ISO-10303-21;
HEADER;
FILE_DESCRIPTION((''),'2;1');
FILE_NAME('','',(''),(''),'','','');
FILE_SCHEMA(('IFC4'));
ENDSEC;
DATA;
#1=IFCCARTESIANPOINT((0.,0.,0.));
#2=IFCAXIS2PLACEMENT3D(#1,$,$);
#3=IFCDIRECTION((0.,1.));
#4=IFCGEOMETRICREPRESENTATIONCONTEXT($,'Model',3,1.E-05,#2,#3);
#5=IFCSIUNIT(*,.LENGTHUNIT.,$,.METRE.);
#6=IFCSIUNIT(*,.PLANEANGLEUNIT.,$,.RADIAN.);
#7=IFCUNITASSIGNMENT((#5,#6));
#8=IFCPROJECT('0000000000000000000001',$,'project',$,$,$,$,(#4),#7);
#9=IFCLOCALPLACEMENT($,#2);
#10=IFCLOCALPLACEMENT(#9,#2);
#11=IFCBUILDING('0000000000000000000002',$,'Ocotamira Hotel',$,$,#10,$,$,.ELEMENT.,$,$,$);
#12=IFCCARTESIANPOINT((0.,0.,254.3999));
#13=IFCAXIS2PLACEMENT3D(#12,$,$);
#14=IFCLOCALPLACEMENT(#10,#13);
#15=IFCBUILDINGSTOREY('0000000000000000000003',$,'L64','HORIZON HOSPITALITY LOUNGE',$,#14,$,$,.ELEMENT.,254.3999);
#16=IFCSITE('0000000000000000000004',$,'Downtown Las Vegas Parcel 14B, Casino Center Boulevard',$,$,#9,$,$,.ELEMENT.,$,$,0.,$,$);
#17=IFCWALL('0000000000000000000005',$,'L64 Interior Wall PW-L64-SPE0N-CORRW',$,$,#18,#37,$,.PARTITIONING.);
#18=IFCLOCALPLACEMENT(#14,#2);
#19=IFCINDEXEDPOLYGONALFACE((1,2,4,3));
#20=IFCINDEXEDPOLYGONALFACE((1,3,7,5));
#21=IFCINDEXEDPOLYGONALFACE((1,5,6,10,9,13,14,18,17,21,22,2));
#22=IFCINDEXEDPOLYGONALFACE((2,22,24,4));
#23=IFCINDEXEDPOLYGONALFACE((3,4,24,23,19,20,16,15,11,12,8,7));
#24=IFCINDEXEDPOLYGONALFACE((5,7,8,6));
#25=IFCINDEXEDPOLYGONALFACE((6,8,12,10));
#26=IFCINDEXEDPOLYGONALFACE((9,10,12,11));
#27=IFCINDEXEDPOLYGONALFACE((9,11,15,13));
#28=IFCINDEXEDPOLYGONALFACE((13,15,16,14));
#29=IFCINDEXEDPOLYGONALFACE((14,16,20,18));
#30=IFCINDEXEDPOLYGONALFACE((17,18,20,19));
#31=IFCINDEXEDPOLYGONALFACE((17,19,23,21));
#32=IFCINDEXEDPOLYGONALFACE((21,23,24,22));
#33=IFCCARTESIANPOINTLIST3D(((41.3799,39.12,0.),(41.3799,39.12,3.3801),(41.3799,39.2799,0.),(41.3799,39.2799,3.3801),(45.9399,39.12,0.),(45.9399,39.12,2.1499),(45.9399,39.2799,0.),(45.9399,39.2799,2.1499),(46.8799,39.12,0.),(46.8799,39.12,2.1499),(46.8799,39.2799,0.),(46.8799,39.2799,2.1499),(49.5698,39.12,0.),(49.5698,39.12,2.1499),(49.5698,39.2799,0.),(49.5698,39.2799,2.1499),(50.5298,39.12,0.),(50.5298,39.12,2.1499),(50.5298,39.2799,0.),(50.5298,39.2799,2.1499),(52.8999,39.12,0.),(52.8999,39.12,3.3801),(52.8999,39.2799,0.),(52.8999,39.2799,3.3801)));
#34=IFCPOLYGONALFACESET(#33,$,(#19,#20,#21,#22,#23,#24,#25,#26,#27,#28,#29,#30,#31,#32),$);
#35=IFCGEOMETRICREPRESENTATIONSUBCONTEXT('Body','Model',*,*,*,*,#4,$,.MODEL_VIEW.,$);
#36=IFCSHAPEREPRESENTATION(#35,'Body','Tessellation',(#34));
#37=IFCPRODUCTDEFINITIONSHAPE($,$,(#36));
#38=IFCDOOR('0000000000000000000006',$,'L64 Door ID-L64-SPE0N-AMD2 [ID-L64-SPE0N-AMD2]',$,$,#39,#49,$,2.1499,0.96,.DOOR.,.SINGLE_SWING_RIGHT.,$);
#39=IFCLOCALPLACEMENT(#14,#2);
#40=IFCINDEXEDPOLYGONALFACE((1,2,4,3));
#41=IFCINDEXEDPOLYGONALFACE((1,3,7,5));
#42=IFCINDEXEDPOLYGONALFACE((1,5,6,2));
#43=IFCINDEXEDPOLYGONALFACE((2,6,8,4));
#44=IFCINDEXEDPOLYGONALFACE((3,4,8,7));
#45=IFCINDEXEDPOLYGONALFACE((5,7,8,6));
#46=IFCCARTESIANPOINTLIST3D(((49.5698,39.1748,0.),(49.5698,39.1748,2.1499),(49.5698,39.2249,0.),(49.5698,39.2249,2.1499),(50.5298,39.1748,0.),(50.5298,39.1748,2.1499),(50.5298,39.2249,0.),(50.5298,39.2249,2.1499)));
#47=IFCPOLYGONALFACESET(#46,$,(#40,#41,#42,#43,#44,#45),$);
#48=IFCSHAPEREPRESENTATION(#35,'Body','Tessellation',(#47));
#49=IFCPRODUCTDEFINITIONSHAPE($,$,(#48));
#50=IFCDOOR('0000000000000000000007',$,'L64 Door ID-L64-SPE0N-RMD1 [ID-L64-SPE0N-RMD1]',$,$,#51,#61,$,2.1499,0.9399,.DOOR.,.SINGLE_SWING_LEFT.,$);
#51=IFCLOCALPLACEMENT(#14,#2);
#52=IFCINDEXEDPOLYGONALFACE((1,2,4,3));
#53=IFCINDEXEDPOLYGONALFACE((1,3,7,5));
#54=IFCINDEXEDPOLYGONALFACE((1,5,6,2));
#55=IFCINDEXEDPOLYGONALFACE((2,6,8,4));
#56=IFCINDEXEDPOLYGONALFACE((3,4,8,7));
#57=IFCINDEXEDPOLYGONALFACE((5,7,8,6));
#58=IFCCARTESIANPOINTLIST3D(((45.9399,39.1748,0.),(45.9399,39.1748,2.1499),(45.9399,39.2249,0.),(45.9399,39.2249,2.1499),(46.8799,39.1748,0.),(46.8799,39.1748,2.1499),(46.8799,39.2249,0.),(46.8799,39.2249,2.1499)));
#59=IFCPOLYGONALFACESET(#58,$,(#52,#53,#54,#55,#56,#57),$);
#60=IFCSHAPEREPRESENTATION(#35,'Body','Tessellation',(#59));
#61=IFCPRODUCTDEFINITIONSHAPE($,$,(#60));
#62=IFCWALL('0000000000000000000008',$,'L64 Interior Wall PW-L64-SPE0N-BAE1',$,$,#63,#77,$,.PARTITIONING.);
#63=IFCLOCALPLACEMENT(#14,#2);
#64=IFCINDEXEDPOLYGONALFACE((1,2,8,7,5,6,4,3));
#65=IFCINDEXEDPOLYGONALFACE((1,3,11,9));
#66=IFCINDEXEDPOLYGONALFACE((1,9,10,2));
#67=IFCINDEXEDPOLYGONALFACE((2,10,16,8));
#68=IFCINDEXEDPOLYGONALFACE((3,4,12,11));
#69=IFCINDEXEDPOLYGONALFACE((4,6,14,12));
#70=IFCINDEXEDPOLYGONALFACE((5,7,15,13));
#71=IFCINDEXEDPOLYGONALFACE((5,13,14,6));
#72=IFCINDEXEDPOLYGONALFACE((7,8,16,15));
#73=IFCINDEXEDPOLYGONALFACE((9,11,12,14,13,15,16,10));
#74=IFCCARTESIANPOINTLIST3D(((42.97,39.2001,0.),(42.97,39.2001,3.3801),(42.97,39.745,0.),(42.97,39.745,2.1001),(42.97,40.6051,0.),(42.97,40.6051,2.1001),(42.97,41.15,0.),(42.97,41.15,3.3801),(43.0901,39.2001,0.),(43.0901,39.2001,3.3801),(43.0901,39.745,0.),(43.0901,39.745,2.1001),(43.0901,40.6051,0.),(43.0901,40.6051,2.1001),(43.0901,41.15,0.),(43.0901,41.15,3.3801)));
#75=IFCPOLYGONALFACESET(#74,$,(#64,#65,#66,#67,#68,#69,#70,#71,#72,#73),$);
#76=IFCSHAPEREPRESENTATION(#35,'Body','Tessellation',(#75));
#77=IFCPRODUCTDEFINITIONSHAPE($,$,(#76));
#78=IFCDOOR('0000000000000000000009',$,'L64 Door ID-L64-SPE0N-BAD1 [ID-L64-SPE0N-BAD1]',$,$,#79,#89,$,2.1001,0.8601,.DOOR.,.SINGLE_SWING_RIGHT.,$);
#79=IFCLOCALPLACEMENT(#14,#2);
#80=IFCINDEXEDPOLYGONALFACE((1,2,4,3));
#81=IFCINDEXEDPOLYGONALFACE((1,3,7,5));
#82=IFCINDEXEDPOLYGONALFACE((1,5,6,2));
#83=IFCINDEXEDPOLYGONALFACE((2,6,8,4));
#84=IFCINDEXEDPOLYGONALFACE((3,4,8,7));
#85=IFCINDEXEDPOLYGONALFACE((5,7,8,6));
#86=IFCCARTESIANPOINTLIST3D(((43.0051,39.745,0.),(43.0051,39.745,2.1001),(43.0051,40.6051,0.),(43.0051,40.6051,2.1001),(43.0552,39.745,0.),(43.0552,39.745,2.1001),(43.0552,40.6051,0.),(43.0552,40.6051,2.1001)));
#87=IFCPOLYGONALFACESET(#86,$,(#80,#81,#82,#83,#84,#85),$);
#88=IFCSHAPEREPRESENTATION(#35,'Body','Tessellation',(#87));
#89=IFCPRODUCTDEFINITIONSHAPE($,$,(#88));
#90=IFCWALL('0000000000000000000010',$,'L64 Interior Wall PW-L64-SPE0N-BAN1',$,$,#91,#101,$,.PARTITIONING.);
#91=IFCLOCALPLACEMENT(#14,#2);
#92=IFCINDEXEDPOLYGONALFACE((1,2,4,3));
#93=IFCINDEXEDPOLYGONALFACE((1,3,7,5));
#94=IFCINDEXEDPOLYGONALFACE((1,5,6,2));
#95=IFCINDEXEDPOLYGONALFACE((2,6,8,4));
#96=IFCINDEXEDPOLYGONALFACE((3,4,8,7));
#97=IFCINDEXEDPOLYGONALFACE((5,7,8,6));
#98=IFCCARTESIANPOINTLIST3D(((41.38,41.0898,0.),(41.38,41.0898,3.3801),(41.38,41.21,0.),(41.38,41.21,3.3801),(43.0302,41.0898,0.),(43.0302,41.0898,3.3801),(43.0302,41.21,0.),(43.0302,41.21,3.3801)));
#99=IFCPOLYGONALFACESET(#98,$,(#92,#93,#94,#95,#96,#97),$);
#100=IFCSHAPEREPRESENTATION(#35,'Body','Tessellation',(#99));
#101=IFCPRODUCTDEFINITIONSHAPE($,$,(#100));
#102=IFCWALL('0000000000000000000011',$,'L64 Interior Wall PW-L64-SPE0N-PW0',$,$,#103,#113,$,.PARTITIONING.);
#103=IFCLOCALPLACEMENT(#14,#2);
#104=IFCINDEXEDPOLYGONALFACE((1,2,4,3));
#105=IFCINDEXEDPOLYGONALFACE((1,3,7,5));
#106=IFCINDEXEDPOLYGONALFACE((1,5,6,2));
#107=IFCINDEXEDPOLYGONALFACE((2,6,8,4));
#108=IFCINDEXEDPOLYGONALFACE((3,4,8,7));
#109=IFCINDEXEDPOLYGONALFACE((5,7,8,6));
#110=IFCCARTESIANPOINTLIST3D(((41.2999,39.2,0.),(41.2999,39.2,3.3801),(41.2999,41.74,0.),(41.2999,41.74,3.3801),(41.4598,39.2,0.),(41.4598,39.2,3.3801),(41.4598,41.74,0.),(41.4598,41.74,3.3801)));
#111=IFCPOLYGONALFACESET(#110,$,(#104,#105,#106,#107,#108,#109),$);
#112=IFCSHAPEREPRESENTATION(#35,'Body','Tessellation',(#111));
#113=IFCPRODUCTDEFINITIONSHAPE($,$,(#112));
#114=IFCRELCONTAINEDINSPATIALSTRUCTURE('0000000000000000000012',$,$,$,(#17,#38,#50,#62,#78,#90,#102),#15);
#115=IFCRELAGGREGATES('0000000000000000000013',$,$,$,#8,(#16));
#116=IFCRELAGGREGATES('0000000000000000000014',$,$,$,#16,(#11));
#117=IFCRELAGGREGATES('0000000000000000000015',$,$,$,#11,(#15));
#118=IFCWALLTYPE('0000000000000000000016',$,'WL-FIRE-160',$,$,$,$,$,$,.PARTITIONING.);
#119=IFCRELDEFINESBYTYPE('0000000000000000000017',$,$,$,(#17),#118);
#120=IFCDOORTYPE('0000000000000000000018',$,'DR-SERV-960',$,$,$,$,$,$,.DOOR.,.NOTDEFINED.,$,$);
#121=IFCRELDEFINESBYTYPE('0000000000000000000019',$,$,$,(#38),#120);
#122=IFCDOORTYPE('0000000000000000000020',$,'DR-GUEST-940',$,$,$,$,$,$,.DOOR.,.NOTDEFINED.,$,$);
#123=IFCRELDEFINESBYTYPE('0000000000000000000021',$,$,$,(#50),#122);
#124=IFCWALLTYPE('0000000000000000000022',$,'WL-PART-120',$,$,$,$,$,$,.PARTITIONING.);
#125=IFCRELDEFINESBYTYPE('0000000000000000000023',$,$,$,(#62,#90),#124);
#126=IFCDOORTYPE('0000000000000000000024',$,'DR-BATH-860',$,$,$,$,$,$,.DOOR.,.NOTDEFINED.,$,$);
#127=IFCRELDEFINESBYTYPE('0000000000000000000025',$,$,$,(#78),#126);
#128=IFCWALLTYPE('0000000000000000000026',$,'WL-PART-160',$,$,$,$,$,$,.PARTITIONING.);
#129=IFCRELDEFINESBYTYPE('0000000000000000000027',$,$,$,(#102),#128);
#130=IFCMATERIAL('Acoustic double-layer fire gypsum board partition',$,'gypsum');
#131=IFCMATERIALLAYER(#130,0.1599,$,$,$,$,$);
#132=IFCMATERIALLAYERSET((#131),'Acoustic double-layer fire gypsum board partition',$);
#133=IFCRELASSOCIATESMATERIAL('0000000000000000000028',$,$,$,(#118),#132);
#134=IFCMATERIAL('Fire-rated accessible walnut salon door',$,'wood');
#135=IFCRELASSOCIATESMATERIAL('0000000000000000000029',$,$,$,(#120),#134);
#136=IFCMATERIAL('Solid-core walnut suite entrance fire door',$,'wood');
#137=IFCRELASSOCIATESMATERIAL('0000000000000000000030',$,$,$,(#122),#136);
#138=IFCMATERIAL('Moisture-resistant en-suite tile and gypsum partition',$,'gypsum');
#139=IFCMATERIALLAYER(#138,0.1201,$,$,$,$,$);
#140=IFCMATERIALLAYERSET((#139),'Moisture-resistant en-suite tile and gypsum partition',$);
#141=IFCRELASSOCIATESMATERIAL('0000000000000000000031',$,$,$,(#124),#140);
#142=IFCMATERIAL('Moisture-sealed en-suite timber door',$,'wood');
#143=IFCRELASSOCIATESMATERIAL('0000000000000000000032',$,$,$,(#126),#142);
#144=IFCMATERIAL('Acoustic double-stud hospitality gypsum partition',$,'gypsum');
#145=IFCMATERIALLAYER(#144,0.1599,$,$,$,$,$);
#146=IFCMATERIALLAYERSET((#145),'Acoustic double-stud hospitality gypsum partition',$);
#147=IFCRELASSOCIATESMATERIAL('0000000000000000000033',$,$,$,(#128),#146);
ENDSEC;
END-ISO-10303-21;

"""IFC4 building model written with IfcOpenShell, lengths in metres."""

from ifc_helpers import new_model, si_unit, direction, frame, frame_2d, origin, place, context, subcontext, project, spatial, rectangle, extrude, source, transform, mapped, material, layer, layer_set, type_object, element, fill, save


model = new_model("IFC4")

# Units and contexts
model_context = context("Model", 3, precision=1e-05, world=origin(), true_north=direction((0.0, 1.0)))
body_context = subcontext(model_context, "Body", "Model", "MODEL_VIEW")
ifc_project = project(units=[si_unit("LENGTHUNIT", "METRE"), si_unit("PLANEANGLEUNIT", "RADIAN")], contexts=[model_context])

# Site, building, storey
site_placement = place(None, origin())
site = spatial("IfcSite", under=ifc_project, at=site_placement, Name="Downtown Las Vegas Parcel 14B, Casino Center Boulevard", CompositionType="ELEMENT", RefElevation=0.0)
building_placement = place(site_placement, origin())
building = spatial("IfcBuilding", under=site, at=building_placement, Name="Ocotamira Hotel", CompositionType="ELEMENT")
storey_placement = place(building_placement, frame((0.0, 0.0, 254.3999)))
storey = spatial("IfcBuildingStorey", under=building, at=storey_placement, Name="L64", Description="HORIZON HOSPITALITY LOUNGE", CompositionType="ELEMENT", Elevation=254.3999)

# Wall, openings, doors
ifc_material_1 = material(Name="Acoustic double-layer fire gypsum board partition", Category="gypsum")
ifc_layer_1 = layer(ifc_material_1, 0.1599)
ifc_layer_set_1 = layer_set([ifc_layer_1], Name="Acoustic double-layer fire gypsum board partition")
wall_type_1 = type_object("IfcWallType", Name="WL-FIRE-160", PredefinedType="PARTITIONING", material=ifc_layer_set_1)
wall_1_placement = place(storey_placement, frame((41.3799, 39.2, 0.0), z_axis=(0.0, 0.0, 1.0), x_axis=(1.0, 0.0, 0.0)))
wall_1 = element("IfcWall", 1, at=wall_1_placement, inside=storey, type_object=wall_type_1, Name="L64 Interior Wall PW-L64-SPE0N-CORRW", PredefinedType="PARTITIONING", context=body_context, shape_type="SweptSolid", body=[
    extrude(rectangle(XDim=11.52, YDim=0.1599, at=frame_2d((5.76, 0.0))), origin(), (0.0, 0.0, 1.0), 3.3801),
])
opening_1_placement = place(wall_1_placement, frame((4.5601, 0.0, 0.0)))
opening_1 = element("IfcOpeningElement", 2, at=opening_1_placement, cuts=wall_1, PredefinedType="OPENING", context=body_context, shape_type="SweptSolid", body=[
    extrude(rectangle(XDim=0.9399, YDim=2.1499, at=frame_2d((0.47, 1.075))), frame((0.0, 0.0898, 0.0), z_axis=(0.0, -1.0, 0.0), x_axis=(1.0, 0.0, 0.0)), (0.0, 0.0, 1.0), 0.1799),
])
opening_2_placement = place(wall_1_placement, frame((8.1899, 0.0, 0.0)))
opening_2 = element("IfcOpeningElement", 3, at=opening_2_placement, cuts=wall_1, PredefinedType="OPENING", context=body_context, shape_type="SweptSolid", body=[
    extrude(rectangle(XDim=0.96, YDim=2.1499, at=frame_2d((0.48, 1.075))), frame((0.0, 0.0898, 0.0), z_axis=(0.0, -1.0, 0.0), x_axis=(1.0, 0.0, 0.0)), (0.0, 0.0, 1.0), 0.1799),
])
ifc_material_2 = material(Name="Fire-rated accessible walnut salon door", Category="wood")
door_type_1 = type_object("IfcDoorType", Name="DR-SERV-960", OperationType="NOTDEFINED", PredefinedType="DOOR", material=ifc_material_2)
shared_shape_1 = source(origin(), body_context, "Body", "SweptSolid", [
    extrude(rectangle(XDim=0.96, YDim=2.1499, at=frame_2d((0.48, 1.075))), frame((0.0, 0.0249, 0.0), z_axis=(0.0, -1.0, 0.0), x_axis=(1.0, 0.0, 0.0)), (0.0, 0.0, 1.0), 0.05),
])
door_1_placement = place(opening_2_placement, origin())
door_1 = element("IfcDoor", 4, at=door_1_placement, inside=storey, type_object=door_type_1, Name="L64 Door ID-L64-SPE0N-AMD2 [ID-L64-SPE0N-AMD2]", OperationType="SINGLE_SWING_RIGHT", OverallHeight=2.1499, OverallWidth=0.96, PredefinedType="DOOR", context=body_context, shape_type="MappedRepresentation", body=[
    mapped(shared_shape_1, transform((0.0, 0.0, 0.0), scale=1.0)),
])
fill(opening_2, door_1)
ifc_material_3 = material(Name="Solid-core walnut suite entrance fire door", Category="wood")
door_type_2 = type_object("IfcDoorType", Name="DR-GUEST-940", OperationType="NOTDEFINED", PredefinedType="DOOR", material=ifc_material_3)
shared_shape_2 = source(origin(), body_context, "Body", "SweptSolid", [
    extrude(rectangle(XDim=0.9399, YDim=2.1499, at=frame_2d((0.47, 1.075))), frame((0.0, 0.0249, 0.0), z_axis=(0.0, -1.0, 0.0), x_axis=(1.0, 0.0, 0.0)), (0.0, 0.0, 1.0), 0.05),
])
door_2_placement = place(opening_1_placement, origin())
door_2 = element("IfcDoor", 5, at=door_2_placement, inside=storey, type_object=door_type_2, Name="L64 Door ID-L64-SPE0N-RMD1 [ID-L64-SPE0N-RMD1]", OperationType="SINGLE_SWING_LEFT", OverallHeight=2.1499, OverallWidth=0.9399, PredefinedType="DOOR", context=body_context, shape_type="MappedRepresentation", body=[
    mapped(shared_shape_2, transform((0.0, 0.0, 0.0), scale=1.0)),
])
fill(opening_1, door_2)

# Wall, opening, door
ifc_material_4 = material(Name="Moisture-resistant en-suite tile and gypsum partition", Category="gypsum")
ifc_layer_2 = layer(ifc_material_4, 0.1201)
ifc_layer_set_2 = layer_set([ifc_layer_2], Name="Moisture-resistant en-suite tile and gypsum partition")
wall_type_2 = type_object("IfcWallType", Name="WL-PART-120", PredefinedType="PARTITIONING", material=ifc_layer_set_2)
wall_2_placement = place(storey_placement, frame((43.03, 39.2, 0.0), z_axis=(0.0, 0.0, 1.0), x_axis=(0.0, 1.0, 0.0)))
wall_2 = element("IfcWall", 6, at=wall_2_placement, inside=storey, type_object=wall_type_2, Name="L64 Interior Wall PW-L64-SPE0N-BAE1", PredefinedType="PARTITIONING", context=body_context, shape_type="SweptSolid", body=[
    extrude(rectangle(XDim=1.95, YDim=0.1201, at=frame_2d((0.9751, 0.0))), origin(), (0.0, 0.0, 1.0), 3.3801),
])
opening_3_placement = place(wall_2_placement, frame((0.5449, 0.0, 0.0)))
opening_3 = element("IfcOpeningElement", 7, at=opening_3_placement, cuts=wall_2, PredefinedType="OPENING", context=body_context, shape_type="SweptSolid", body=[
    extrude(rectangle(XDim=0.8601, YDim=2.1001, at=frame_2d((0.4302, 1.05))), frame((0.0, 0.0701, 0.0), z_axis=(0.0, -1.0, 0.0), x_axis=(1.0, 0.0, 0.0)), (0.0, 0.0, 1.0), 0.1401),
])
ifc_material_5 = material(Name="Moisture-sealed en-suite timber door", Category="wood")
door_type_3 = type_object("IfcDoorType", Name="DR-BATH-860", OperationType="NOTDEFINED", PredefinedType="DOOR", material=ifc_material_5)
shared_shape_3 = source(origin(), body_context, "Body", "SweptSolid", [
    extrude(rectangle(XDim=0.8601, YDim=2.1001, at=frame_2d((0.4302, 1.05))), frame((0.0, 0.0249, 0.0), z_axis=(0.0, -1.0, 0.0), x_axis=(1.0, 0.0, 0.0)), (0.0, 0.0, 1.0), 0.05),
])
door_3_placement = place(opening_3_placement, origin())
door_3 = element("IfcDoor", 8, at=door_3_placement, inside=storey, type_object=door_type_3, Name="L64 Door ID-L64-SPE0N-BAD1 [ID-L64-SPE0N-BAD1]", OperationType="SINGLE_SWING_RIGHT", OverallHeight=2.1001, OverallWidth=0.8601, PredefinedType="DOOR", context=body_context, shape_type="MappedRepresentation", body=[
    mapped(shared_shape_3, transform((0.0, 0.0, 0.0), scale=1.0)),
])
fill(opening_3, door_3)

# Walls
wall_3_placement = place(storey_placement, frame((41.3799, 41.1499, 0.0), z_axis=(0.0, 0.0, 1.0), x_axis=(1.0, 0.0, 0.0)))
element("IfcWall", 9, at=wall_3_placement, inside=storey, type_object=wall_type_2, Name="L64 Interior Wall PW-L64-SPE0N-BAN1", PredefinedType="PARTITIONING", context=body_context, shape_type="SweptSolid", body=[
    extrude(rectangle(XDim=1.6501, YDim=0.1201, at=frame_2d((0.8252, 0.0))), origin(), (0.0, 0.0, 1.0), 3.3801),
])
ifc_material_6 = material(Name="Acoustic double-stud hospitality gypsum partition", Category="gypsum")
ifc_layer_3 = layer(ifc_material_6, 0.1599)
ifc_layer_set_3 = layer_set([ifc_layer_3], Name="Acoustic double-stud hospitality gypsum partition")
wall_type_3 = type_object("IfcWallType", Name="WL-PART-160", PredefinedType="PARTITIONING", material=ifc_layer_set_3)
wall_4_placement = place(storey_placement, frame((41.3799, 39.2, 0.0), z_axis=(0.0, 0.0, 1.0), x_axis=(0.0, 1.0, 0.0)))
element("IfcWall", 10, at=wall_4_placement, inside=storey, type_object=wall_type_3, Name="L64 Interior Wall PW-L64-SPE0N-PW0", PredefinedType="PARTITIONING", context=body_context, shape_type="SweptSolid", body=[
    extrude(rectangle(XDim=2.54, YDim=0.1599, at=frame_2d((1.27, 0.0))), origin(), (0.0, 0.0, 1.0), 3.3801),
])

save(model, "model.ifc")
